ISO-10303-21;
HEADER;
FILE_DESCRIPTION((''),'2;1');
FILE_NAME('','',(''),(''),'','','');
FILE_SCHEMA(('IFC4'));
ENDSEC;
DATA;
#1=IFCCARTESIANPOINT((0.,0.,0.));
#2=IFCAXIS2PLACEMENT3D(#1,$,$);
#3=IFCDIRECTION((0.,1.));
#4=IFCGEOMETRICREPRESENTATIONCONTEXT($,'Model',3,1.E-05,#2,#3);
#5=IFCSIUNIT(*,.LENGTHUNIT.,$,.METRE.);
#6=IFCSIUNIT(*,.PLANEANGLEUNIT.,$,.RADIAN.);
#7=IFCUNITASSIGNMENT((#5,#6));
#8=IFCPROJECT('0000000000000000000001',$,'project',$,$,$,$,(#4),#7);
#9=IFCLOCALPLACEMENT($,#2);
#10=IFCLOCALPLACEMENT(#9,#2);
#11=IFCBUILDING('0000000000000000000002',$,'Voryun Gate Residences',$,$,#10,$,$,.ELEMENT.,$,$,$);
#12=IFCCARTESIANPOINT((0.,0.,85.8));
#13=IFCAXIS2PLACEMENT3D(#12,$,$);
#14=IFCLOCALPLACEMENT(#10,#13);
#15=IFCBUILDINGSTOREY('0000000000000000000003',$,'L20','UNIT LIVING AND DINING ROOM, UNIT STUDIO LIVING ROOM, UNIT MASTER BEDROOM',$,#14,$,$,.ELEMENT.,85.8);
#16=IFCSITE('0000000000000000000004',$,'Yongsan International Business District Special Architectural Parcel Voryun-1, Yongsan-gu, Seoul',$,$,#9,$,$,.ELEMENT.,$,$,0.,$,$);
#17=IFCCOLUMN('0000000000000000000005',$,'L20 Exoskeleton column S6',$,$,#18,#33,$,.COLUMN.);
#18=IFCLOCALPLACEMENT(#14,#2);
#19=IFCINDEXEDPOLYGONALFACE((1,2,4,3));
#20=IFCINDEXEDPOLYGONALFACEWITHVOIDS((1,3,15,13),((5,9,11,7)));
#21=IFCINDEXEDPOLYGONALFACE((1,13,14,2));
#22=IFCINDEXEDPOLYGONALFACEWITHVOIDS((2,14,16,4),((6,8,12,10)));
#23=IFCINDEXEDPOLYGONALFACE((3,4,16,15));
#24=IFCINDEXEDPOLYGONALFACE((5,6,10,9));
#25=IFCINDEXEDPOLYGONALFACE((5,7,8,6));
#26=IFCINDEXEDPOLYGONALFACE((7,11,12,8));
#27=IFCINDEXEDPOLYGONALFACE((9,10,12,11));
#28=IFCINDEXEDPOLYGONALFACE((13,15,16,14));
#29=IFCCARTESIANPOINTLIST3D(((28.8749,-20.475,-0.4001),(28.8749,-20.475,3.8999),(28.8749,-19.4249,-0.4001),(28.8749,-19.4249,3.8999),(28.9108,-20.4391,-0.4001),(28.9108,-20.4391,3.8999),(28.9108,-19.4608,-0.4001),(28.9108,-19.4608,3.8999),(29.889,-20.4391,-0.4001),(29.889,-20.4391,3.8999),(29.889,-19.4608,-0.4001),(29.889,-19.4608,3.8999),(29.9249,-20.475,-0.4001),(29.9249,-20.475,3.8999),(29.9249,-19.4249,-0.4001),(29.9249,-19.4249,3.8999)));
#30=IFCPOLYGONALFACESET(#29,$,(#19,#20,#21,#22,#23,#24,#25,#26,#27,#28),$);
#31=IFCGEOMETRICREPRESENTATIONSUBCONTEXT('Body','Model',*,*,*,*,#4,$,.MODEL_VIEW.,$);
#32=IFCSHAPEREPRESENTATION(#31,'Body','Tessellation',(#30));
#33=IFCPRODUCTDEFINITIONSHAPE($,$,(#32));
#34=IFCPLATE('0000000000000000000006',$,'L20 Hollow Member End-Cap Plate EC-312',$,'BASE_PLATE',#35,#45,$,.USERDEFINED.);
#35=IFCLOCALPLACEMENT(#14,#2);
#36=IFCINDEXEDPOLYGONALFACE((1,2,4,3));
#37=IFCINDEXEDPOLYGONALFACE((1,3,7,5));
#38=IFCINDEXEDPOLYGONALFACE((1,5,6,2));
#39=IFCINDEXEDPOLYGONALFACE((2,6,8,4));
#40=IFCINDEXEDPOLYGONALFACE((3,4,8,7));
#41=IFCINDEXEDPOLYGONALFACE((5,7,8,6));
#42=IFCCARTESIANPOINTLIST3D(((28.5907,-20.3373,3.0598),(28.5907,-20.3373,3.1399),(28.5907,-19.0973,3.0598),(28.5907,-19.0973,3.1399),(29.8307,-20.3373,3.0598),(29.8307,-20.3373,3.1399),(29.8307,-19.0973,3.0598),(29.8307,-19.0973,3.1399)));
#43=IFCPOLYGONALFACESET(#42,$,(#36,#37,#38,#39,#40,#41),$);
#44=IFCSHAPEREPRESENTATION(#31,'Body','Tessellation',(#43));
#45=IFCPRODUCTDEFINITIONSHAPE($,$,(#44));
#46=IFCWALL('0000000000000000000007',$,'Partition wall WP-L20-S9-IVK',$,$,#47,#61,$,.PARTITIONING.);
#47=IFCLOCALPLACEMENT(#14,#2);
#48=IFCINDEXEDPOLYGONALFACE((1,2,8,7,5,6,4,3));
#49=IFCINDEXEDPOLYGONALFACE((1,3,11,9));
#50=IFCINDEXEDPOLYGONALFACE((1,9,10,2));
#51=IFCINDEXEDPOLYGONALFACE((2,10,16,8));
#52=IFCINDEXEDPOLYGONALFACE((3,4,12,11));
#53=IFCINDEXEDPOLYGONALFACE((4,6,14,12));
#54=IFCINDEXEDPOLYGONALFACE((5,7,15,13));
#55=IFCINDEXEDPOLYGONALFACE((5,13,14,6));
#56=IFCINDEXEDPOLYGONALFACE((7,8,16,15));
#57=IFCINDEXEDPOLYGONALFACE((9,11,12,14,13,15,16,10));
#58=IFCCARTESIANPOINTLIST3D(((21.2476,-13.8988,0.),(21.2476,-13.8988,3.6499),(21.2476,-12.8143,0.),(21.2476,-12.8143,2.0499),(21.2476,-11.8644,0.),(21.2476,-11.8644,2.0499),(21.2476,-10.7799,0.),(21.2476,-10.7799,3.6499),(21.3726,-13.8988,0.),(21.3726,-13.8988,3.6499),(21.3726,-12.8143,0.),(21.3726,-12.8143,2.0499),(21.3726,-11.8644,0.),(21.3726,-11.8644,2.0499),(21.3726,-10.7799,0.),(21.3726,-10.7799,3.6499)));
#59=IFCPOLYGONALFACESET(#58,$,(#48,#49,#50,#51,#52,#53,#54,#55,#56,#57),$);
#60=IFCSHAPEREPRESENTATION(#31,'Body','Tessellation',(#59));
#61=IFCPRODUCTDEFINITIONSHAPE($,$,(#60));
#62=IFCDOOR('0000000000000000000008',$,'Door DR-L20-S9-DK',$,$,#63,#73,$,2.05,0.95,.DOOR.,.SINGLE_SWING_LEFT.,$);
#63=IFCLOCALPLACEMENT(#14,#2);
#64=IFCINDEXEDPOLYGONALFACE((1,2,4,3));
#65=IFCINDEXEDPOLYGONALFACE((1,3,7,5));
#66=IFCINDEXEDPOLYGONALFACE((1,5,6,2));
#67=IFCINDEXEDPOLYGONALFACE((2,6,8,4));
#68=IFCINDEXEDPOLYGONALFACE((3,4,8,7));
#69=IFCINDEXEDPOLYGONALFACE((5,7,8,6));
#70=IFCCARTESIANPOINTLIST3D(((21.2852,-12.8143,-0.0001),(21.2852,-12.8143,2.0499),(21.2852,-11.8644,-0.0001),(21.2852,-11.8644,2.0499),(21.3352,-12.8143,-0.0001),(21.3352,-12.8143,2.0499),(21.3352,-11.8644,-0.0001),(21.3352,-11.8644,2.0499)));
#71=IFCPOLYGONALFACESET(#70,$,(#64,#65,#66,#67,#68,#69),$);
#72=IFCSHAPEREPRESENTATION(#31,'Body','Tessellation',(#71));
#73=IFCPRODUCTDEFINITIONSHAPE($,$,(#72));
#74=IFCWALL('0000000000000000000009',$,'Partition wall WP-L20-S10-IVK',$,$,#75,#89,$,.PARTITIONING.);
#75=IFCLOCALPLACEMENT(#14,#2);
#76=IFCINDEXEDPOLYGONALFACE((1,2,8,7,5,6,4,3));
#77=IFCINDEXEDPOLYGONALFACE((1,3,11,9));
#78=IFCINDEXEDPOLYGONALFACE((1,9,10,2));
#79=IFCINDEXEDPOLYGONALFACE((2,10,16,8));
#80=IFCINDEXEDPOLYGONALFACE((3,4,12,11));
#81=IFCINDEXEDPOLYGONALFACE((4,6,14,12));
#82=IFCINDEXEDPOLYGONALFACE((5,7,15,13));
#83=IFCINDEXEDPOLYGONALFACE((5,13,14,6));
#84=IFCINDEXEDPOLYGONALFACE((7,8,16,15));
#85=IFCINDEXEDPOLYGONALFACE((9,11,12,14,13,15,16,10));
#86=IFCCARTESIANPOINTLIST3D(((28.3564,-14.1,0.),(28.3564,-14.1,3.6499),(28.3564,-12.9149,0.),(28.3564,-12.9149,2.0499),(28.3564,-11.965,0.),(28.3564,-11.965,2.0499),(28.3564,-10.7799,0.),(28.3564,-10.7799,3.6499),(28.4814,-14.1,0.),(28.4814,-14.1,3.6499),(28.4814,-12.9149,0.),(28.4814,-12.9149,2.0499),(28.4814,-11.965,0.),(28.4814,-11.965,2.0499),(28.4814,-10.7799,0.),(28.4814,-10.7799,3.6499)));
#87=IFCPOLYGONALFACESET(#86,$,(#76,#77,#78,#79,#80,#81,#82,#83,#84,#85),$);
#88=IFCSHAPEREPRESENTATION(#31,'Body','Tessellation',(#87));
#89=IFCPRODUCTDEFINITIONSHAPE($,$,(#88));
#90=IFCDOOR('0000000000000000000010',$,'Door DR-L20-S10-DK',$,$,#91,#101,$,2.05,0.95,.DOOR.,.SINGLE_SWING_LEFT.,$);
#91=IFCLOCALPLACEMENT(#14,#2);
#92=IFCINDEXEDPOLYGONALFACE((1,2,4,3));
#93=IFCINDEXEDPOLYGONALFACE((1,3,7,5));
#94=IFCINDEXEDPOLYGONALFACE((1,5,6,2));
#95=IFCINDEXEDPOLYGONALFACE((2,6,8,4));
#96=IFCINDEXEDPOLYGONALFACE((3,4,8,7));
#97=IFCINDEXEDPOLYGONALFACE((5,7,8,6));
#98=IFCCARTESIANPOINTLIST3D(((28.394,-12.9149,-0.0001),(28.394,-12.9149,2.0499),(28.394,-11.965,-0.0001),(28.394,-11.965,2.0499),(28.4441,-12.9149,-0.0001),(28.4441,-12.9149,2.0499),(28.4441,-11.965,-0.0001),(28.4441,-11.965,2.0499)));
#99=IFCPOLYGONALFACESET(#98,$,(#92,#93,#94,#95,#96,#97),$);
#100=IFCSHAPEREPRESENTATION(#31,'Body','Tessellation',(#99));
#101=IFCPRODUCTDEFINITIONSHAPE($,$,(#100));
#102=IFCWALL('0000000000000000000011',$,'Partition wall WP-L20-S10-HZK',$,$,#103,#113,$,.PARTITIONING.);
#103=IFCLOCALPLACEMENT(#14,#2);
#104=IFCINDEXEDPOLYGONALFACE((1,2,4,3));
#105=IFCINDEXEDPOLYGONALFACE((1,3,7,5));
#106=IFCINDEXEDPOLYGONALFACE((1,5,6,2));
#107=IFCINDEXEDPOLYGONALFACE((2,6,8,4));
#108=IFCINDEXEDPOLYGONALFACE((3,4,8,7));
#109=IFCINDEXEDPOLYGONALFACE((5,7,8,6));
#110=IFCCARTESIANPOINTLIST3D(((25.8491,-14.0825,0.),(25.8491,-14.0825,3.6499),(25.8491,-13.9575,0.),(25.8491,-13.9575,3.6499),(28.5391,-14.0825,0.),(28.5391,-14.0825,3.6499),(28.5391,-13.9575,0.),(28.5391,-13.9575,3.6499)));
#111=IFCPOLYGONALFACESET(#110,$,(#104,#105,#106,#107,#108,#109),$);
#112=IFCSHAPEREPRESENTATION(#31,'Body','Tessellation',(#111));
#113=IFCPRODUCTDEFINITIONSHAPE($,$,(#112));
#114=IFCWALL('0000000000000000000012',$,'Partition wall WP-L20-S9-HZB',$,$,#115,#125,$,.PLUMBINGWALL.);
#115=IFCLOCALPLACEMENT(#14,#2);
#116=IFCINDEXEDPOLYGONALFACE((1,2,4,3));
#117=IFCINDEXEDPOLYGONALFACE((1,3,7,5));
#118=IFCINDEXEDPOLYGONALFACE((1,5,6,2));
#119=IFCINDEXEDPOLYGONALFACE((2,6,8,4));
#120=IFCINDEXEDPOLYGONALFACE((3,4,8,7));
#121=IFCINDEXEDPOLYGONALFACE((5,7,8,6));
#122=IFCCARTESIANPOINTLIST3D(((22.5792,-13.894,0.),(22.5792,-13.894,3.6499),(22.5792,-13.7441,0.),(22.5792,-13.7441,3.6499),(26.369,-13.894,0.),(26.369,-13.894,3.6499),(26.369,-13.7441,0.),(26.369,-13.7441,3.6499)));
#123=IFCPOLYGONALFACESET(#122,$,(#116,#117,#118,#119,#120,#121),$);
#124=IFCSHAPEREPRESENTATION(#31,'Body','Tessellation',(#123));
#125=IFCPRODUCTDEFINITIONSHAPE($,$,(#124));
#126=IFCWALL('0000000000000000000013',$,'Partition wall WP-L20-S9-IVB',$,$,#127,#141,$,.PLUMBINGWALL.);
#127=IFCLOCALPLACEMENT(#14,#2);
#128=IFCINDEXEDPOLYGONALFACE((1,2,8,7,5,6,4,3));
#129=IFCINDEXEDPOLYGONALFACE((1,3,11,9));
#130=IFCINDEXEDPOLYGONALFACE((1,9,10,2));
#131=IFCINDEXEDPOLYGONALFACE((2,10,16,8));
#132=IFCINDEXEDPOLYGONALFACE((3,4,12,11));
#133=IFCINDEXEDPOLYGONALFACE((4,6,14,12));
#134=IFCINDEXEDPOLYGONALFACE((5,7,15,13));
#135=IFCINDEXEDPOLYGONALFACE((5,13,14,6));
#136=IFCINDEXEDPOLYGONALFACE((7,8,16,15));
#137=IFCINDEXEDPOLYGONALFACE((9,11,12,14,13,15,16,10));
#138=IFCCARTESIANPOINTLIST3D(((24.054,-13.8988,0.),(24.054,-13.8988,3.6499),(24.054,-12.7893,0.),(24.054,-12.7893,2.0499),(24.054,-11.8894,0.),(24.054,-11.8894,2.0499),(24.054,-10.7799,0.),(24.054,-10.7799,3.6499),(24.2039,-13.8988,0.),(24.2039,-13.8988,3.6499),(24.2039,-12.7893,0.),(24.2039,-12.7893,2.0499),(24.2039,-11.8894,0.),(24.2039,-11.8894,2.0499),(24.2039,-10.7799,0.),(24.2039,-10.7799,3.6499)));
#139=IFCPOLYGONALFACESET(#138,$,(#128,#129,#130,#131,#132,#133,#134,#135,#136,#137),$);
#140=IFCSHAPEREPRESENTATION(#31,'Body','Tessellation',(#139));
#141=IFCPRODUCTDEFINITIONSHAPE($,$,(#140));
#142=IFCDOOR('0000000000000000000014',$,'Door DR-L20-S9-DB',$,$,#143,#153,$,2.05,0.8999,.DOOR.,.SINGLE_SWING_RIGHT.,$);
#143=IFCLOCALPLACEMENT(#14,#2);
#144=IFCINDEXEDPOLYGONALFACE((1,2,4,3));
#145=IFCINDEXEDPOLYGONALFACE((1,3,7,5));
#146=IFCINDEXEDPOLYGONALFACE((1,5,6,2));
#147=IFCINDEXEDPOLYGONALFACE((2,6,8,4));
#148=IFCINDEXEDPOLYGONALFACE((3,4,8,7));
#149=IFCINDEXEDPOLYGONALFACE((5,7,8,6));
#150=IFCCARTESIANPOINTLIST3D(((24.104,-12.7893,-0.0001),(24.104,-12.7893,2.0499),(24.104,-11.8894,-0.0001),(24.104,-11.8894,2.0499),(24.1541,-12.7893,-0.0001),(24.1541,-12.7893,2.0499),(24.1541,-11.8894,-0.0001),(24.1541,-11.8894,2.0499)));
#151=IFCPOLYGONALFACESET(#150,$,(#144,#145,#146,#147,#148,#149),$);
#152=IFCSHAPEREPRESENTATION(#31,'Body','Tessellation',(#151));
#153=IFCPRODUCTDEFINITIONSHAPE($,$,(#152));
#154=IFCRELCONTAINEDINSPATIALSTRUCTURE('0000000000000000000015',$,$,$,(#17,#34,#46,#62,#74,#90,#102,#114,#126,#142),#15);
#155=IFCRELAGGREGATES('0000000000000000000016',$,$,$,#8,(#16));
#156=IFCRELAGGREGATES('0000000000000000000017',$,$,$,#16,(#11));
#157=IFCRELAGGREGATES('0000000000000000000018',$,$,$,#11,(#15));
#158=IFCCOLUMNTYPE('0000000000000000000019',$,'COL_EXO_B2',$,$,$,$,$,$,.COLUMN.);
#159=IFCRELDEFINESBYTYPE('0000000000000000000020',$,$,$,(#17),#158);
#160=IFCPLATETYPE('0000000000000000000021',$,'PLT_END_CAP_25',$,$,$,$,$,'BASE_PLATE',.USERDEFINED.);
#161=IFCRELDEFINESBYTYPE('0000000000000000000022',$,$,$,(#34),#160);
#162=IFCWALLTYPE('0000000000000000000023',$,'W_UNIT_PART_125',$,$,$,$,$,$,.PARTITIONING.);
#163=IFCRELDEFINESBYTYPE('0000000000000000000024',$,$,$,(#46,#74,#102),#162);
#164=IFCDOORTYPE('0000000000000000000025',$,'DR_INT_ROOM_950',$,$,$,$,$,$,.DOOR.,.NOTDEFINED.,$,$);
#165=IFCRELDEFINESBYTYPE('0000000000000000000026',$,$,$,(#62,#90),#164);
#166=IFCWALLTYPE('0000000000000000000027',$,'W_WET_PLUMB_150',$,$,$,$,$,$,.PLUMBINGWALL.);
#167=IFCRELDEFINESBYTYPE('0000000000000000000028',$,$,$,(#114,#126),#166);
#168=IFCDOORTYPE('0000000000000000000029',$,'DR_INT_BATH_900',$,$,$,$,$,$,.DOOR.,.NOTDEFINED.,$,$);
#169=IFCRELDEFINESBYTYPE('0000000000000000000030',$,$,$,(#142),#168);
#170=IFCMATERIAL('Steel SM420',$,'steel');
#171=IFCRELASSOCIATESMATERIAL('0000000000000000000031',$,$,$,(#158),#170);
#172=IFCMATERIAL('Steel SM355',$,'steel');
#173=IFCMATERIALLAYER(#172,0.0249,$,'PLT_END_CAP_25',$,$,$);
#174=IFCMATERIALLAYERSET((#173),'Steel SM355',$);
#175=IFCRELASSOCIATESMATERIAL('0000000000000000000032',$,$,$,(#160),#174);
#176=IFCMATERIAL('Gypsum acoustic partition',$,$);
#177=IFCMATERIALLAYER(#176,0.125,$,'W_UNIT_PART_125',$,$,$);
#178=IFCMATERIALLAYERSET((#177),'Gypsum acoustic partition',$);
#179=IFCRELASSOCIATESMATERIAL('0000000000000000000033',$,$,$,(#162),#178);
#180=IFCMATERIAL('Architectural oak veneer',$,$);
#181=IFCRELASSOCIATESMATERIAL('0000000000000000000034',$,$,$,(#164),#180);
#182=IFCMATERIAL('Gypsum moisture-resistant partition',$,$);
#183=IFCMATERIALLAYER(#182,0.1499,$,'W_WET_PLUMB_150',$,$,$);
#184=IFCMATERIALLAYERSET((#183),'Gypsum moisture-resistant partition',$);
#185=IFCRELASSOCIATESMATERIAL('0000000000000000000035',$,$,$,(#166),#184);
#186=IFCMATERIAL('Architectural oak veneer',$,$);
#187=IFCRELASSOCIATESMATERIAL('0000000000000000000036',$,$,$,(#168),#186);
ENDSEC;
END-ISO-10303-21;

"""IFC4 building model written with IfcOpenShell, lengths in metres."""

from ifc_helpers import new_model, si_unit, direction, frame, frame_2d, origin, origin_2d, place, context, subcontext, project, spatial, rectangle, hollow_rectangle, extrude, material, layer, layer_set, material_profile, profile_set, type_object, element, fill, save


model = new_model("IFC4")

# Units and contexts
model_context = context("Model", 3, precision=1e-05, world=origin(), true_north=direction((0.0, 1.0)))
body_context = subcontext(model_context, "Body", "Model", "MODEL_VIEW")
ifc_project = project(units=[si_unit("LENGTHUNIT", "METRE"), si_unit("PLANEANGLEUNIT", "RADIAN")], contexts=[model_context])

# Site, building, storey
site_placement = place(None, origin())
site = spatial("IfcSite", under=ifc_project, at=site_placement, Name="Yongsan International Business District Special Architectural Parcel Voryun-1, Yongsan-gu, Seoul", CompositionType="ELEMENT", RefElevation=0.0)
building_placement = place(site_placement, origin())
building = spatial("IfcBuilding", under=site, at=building_placement, Name="Voryun Gate Residences", CompositionType="ELEMENT")
storey_placement = place(building_placement, frame((0.0, 0.0, 85.8)))
storey = spatial("IfcBuildingStorey", under=building, at=storey_placement, Name="L20", Description="UNIT LIVING AND DINING ROOM, UNIT STUDIO LIVING ROOM, UNIT MASTER BEDROOM", CompositionType="ELEMENT", Elevation=85.8)

# Column
ifc_material_1 = material(Name="Steel SM420", Category="steel")
ifc_material_profile = material_profile(ifc_material_1, hollow_rectangle(XDim=1.05, YDim=1.05, WallThickness=0.0359, at=origin_2d()), Name="BOX-1050x1050x36")
ifc_profile_set = profile_set([ifc_material_profile], Name="Steel SM420")
column_type = type_object("IfcColumnType", Name="COL_EXO_B2", PredefinedType="COLUMN", material=ifc_profile_set)
column_placement = place(storey_placement, frame((29.3999, -19.95, -0.4001), z_axis=(0.0, 0.0, 1.0), x_axis=(1.0, 0.0, 0.0)))
element("IfcColumn", 1, at=column_placement, inside=storey, type_object=column_type, Name="L20 Exoskeleton column S6", PredefinedType="COLUMN", context=body_context, shape_type="SweptSolid", body=[
    extrude(hollow_rectangle(XDim=1.05, YDim=1.05, WallThickness=0.0359, at=origin_2d()), origin(), (0.0, 0.0, 1.0), 4.3),
])

# Plate
ifc_material_2 = material(Name="Steel SM355", Category="steel")
ifc_layer_1 = layer(ifc_material_2, 0.0249, Name="PLT_END_CAP_25")
ifc_layer_set_1 = layer_set([ifc_layer_1], Name="Steel SM355")
plate_type = type_object("IfcPlateType", Name="PLT_END_CAP_25", ElementType="BASE_PLATE", PredefinedType="USERDEFINED", material=ifc_layer_set_1)
plate_placement = place(storey_placement, frame((29.2107, -19.7173, 3.0598), z_axis=(0.0, 0.0, 1.0), x_axis=(1.0, 0.0, 0.0)))
element("IfcPlate", 2, at=plate_placement, inside=storey, type_object=plate_type, Name="L20 Hollow Member End-Cap Plate EC-312", ObjectType="BASE_PLATE", PredefinedType="USERDEFINED", context=body_context, shape_type="SweptSolid", body=[
    extrude(rectangle(XDim=1.24, YDim=1.24, at=origin_2d()), origin(), (0.0, 0.0, 1.0), 0.0801),
])

# Walls, openings, doors
ifc_material_3 = material(Name="Gypsum acoustic partition")
ifc_layer_2 = layer(ifc_material_3, 0.125, Name="W_UNIT_PART_125")
ifc_layer_set_2 = layer_set([ifc_layer_2], Name="Gypsum acoustic partition")
wall_type_1 = type_object("IfcWallType", Name="W_UNIT_PART_125", PredefinedType="PARTITIONING", material=ifc_layer_set_2)
wall_1_placement = place(storey_placement, frame((21.3101, -13.8989, 0.0), z_axis=(0.0, 0.0, 1.0), x_axis=(0.0, 1.0, 0.0)))
wall_1 = element("IfcWall", 3, at=wall_1_placement, inside=storey, type_object=wall_type_1, Name="Partition wall WP-L20-S9-IVK", PredefinedType="PARTITIONING", context=body_context, shape_type="SweptSolid", body=[
    extrude(rectangle(XDim=3.1189, YDim=0.125, at=frame_2d((1.5596, 0.0))), origin(), (0.0, 0.0, 1.0), 3.6499),
])
opening_1_placement = place(wall_1_placement, frame((1.0845, 0.0, 0.0)))
opening_1 = element("IfcOpeningElement", 4, at=opening_1_placement, cuts=wall_1, PredefinedType="OPENING", context=body_context, shape_type="SweptSolid", body=[
    extrude(rectangle(XDim=0.95, YDim=2.05, at=frame_2d((0.4751, 1.0249))), frame((0.0, 0.0725, 0.0), z_axis=(0.0, -1.0, 0.0), x_axis=(1.0, 0.0, 0.0)), (0.0, 0.0, 1.0), 0.145),
])
ifc_material_4 = material(Name="Architectural oak veneer")
door_type_1 = type_object("IfcDoorType", Name="DR_INT_ROOM_950", OperationType="NOTDEFINED", PredefinedType="DOOR", material=ifc_material_4)
door_1_placement = place(opening_1_placement, origin())
door_1 = element("IfcDoor", 5, at=door_1_placement, inside=storey, type_object=door_type_1, Name="Door DR-L20-S9-DK", OperationType="SINGLE_SWING_LEFT", OverallHeight=2.05, OverallWidth=0.95, PredefinedType="DOOR", context=body_context, shape_type="SweptSolid", body=[
    extrude(rectangle(XDim=0.95, YDim=2.05, at=frame_2d((0.4751, 1.0249))), frame((0.0, 0.0249, 0.0), z_axis=(0.0, -1.0, 0.0), x_axis=(1.0, 0.0, 0.0)), (0.0, 0.0, 1.0), 0.05),
])
fill(opening_1, door_1)
wall_2_placement = place(storey_placement, frame((28.4189, -14.1001, 0.0), z_axis=(0.0, 0.0, 1.0), x_axis=(0.0, 1.0, 0.0)))
wall_2 = element("IfcWall", 6, at=wall_2_placement, inside=storey, type_object=wall_type_1, Name="Partition wall WP-L20-S10-IVK", PredefinedType="PARTITIONING", context=body_context, shape_type="SweptSolid", body=[
    extrude(rectangle(XDim=3.3201, YDim=0.125, at=frame_2d((1.6602, 0.0))), origin(), (0.0, 0.0, 1.0), 3.6499),
])
opening_2_placement = place(wall_2_placement, frame((1.1851, 0.0, 0.0)))
opening_2 = element("IfcOpeningElement", 7, at=opening_2_placement, cuts=wall_2, PredefinedType="OPENING", context=body_context, shape_type="SweptSolid", body=[
    extrude(rectangle(XDim=0.95, YDim=2.05, at=frame_2d((0.4751, 1.0249))), frame((0.0, 0.0725, 0.0), z_axis=(0.0, -1.0, 0.0), x_axis=(1.0, 0.0, 0.0)), (0.0, 0.0, 1.0), 0.145),
])
door_2_placement = place(opening_2_placement, origin())
door_2 = element("IfcDoor", 8, at=door_2_placement, inside=storey, type_object=door_type_1, Name="Door DR-L20-S10-DK", OperationType="SINGLE_SWING_LEFT", OverallHeight=2.05, OverallWidth=0.95, PredefinedType="DOOR", context=body_context, shape_type="SweptSolid", body=[
    extrude(rectangle(XDim=0.95, YDim=2.05, at=frame_2d((0.4751, 1.0249))), frame((0.0, 0.0249, 0.0), z_axis=(0.0, -1.0, 0.0), x_axis=(1.0, 0.0, 0.0)), (0.0, 0.0, 1.0), 0.05),
])
fill(opening_2, door_2)

# Walls
wall_3_placement = place(storey_placement, frame((25.8491, -14.02, 0.0), z_axis=(0.0, 0.0, 1.0), x_axis=(1.0, 0.0, 0.0)))
element("IfcWall", 9, at=wall_3_placement, inside=storey, type_object=wall_type_1, Name="Partition wall WP-L20-S10-HZK", PredefinedType="PARTITIONING", context=body_context, shape_type="SweptSolid", body=[
    extrude(rectangle(XDim=2.6899, YDim=0.125, at=frame_2d((1.345, 0.0))), origin(), (0.0, 0.0, 1.0), 3.6499),
])
ifc_material_5 = material(Name="Gypsum moisture-resistant partition")
ifc_layer_3 = layer(ifc_material_5, 0.1499, Name="W_WET_PLUMB_150")
ifc_layer_set_3 = layer_set([ifc_layer_3], Name="Gypsum moisture-resistant partition")
wall_type_2 = type_object("IfcWallType", Name="W_WET_PLUMB_150", PredefinedType="PLUMBINGWALL", material=ifc_layer_set_3)
wall_4_placement = place(storey_placement, frame((22.5791, -13.8191, 0.0), z_axis=(0.0, 0.0, 1.0), x_axis=(1.0, 0.0, 0.0)))
element("IfcWall", 10, at=wall_4_placement, inside=storey, type_object=wall_type_2, Name="Partition wall WP-L20-S9-HZB", PredefinedType="PLUMBINGWALL", context=body_context, shape_type="SweptSolid", body=[
    extrude(rectangle(XDim=3.7898, YDim=0.1499, at=frame_2d((1.895, 0.0))), origin(), (0.0, 0.0, 1.0), 3.6499),
])

# Wall, opening, door
wall_5_placement = place(storey_placement, frame((24.1289, -13.8989, 0.0), z_axis=(0.0, 0.0, 1.0), x_axis=(0.0, 1.0, 0.0)))
wall_5 = element("IfcWall", 11, at=wall_5_placement, inside=storey, type_object=wall_type_2, Name="Partition wall WP-L20-S9-IVB", PredefinedType="PLUMBINGWALL", context=body_context, shape_type="SweptSolid", body=[
    extrude(rectangle(XDim=3.1189, YDim=0.1499, at=frame_2d((1.5596, 0.0))), origin(), (0.0, 0.0, 1.0), 3.6499),
])
opening_3_placement = place(wall_5_placement, frame((1.1096, 0.0, 0.0)))
opening_3 = element("IfcOpeningElement", 12, at=opening_3_placement, cuts=wall_5, PredefinedType="OPENING", context=body_context, shape_type="SweptSolid", body=[
    extrude(rectangle(XDim=0.8999, YDim=2.05, at=frame_2d((0.45, 1.0249))), frame((0.0, 0.085, 0.0), z_axis=(0.0, -1.0, 0.0), x_axis=(1.0, 0.0, 0.0)), (0.0, 0.0, 1.0), 0.1699),
])
ifc_material_6 = material(Name="Architectural oak veneer")
door_type_2 = type_object("IfcDoorType", Name="DR_INT_BATH_900", OperationType="NOTDEFINED", PredefinedType="DOOR", material=ifc_material_6)
door_3_placement = place(opening_3_placement, origin())
door_3 = element("IfcDoor", 13, at=door_3_placement, inside=storey, type_object=door_type_2, Name="Door DR-L20-S9-DB", OperationType="SINGLE_SWING_RIGHT", OverallHeight=2.05, OverallWidth=0.8999, PredefinedType="DOOR", context=body_context, shape_type="SweptSolid", body=[
    extrude(rectangle(XDim=0.8999, YDim=2.05, at=frame_2d((0.45, 1.0249))), frame((0.0, 0.0249, 0.0), z_axis=(0.0, -1.0, 0.0), x_axis=(1.0, 0.0, 0.0)), (0.0, 0.0, 1.0), 0.05),
])
fill(opening_3, door_3)

save(model, "model.ifc")
